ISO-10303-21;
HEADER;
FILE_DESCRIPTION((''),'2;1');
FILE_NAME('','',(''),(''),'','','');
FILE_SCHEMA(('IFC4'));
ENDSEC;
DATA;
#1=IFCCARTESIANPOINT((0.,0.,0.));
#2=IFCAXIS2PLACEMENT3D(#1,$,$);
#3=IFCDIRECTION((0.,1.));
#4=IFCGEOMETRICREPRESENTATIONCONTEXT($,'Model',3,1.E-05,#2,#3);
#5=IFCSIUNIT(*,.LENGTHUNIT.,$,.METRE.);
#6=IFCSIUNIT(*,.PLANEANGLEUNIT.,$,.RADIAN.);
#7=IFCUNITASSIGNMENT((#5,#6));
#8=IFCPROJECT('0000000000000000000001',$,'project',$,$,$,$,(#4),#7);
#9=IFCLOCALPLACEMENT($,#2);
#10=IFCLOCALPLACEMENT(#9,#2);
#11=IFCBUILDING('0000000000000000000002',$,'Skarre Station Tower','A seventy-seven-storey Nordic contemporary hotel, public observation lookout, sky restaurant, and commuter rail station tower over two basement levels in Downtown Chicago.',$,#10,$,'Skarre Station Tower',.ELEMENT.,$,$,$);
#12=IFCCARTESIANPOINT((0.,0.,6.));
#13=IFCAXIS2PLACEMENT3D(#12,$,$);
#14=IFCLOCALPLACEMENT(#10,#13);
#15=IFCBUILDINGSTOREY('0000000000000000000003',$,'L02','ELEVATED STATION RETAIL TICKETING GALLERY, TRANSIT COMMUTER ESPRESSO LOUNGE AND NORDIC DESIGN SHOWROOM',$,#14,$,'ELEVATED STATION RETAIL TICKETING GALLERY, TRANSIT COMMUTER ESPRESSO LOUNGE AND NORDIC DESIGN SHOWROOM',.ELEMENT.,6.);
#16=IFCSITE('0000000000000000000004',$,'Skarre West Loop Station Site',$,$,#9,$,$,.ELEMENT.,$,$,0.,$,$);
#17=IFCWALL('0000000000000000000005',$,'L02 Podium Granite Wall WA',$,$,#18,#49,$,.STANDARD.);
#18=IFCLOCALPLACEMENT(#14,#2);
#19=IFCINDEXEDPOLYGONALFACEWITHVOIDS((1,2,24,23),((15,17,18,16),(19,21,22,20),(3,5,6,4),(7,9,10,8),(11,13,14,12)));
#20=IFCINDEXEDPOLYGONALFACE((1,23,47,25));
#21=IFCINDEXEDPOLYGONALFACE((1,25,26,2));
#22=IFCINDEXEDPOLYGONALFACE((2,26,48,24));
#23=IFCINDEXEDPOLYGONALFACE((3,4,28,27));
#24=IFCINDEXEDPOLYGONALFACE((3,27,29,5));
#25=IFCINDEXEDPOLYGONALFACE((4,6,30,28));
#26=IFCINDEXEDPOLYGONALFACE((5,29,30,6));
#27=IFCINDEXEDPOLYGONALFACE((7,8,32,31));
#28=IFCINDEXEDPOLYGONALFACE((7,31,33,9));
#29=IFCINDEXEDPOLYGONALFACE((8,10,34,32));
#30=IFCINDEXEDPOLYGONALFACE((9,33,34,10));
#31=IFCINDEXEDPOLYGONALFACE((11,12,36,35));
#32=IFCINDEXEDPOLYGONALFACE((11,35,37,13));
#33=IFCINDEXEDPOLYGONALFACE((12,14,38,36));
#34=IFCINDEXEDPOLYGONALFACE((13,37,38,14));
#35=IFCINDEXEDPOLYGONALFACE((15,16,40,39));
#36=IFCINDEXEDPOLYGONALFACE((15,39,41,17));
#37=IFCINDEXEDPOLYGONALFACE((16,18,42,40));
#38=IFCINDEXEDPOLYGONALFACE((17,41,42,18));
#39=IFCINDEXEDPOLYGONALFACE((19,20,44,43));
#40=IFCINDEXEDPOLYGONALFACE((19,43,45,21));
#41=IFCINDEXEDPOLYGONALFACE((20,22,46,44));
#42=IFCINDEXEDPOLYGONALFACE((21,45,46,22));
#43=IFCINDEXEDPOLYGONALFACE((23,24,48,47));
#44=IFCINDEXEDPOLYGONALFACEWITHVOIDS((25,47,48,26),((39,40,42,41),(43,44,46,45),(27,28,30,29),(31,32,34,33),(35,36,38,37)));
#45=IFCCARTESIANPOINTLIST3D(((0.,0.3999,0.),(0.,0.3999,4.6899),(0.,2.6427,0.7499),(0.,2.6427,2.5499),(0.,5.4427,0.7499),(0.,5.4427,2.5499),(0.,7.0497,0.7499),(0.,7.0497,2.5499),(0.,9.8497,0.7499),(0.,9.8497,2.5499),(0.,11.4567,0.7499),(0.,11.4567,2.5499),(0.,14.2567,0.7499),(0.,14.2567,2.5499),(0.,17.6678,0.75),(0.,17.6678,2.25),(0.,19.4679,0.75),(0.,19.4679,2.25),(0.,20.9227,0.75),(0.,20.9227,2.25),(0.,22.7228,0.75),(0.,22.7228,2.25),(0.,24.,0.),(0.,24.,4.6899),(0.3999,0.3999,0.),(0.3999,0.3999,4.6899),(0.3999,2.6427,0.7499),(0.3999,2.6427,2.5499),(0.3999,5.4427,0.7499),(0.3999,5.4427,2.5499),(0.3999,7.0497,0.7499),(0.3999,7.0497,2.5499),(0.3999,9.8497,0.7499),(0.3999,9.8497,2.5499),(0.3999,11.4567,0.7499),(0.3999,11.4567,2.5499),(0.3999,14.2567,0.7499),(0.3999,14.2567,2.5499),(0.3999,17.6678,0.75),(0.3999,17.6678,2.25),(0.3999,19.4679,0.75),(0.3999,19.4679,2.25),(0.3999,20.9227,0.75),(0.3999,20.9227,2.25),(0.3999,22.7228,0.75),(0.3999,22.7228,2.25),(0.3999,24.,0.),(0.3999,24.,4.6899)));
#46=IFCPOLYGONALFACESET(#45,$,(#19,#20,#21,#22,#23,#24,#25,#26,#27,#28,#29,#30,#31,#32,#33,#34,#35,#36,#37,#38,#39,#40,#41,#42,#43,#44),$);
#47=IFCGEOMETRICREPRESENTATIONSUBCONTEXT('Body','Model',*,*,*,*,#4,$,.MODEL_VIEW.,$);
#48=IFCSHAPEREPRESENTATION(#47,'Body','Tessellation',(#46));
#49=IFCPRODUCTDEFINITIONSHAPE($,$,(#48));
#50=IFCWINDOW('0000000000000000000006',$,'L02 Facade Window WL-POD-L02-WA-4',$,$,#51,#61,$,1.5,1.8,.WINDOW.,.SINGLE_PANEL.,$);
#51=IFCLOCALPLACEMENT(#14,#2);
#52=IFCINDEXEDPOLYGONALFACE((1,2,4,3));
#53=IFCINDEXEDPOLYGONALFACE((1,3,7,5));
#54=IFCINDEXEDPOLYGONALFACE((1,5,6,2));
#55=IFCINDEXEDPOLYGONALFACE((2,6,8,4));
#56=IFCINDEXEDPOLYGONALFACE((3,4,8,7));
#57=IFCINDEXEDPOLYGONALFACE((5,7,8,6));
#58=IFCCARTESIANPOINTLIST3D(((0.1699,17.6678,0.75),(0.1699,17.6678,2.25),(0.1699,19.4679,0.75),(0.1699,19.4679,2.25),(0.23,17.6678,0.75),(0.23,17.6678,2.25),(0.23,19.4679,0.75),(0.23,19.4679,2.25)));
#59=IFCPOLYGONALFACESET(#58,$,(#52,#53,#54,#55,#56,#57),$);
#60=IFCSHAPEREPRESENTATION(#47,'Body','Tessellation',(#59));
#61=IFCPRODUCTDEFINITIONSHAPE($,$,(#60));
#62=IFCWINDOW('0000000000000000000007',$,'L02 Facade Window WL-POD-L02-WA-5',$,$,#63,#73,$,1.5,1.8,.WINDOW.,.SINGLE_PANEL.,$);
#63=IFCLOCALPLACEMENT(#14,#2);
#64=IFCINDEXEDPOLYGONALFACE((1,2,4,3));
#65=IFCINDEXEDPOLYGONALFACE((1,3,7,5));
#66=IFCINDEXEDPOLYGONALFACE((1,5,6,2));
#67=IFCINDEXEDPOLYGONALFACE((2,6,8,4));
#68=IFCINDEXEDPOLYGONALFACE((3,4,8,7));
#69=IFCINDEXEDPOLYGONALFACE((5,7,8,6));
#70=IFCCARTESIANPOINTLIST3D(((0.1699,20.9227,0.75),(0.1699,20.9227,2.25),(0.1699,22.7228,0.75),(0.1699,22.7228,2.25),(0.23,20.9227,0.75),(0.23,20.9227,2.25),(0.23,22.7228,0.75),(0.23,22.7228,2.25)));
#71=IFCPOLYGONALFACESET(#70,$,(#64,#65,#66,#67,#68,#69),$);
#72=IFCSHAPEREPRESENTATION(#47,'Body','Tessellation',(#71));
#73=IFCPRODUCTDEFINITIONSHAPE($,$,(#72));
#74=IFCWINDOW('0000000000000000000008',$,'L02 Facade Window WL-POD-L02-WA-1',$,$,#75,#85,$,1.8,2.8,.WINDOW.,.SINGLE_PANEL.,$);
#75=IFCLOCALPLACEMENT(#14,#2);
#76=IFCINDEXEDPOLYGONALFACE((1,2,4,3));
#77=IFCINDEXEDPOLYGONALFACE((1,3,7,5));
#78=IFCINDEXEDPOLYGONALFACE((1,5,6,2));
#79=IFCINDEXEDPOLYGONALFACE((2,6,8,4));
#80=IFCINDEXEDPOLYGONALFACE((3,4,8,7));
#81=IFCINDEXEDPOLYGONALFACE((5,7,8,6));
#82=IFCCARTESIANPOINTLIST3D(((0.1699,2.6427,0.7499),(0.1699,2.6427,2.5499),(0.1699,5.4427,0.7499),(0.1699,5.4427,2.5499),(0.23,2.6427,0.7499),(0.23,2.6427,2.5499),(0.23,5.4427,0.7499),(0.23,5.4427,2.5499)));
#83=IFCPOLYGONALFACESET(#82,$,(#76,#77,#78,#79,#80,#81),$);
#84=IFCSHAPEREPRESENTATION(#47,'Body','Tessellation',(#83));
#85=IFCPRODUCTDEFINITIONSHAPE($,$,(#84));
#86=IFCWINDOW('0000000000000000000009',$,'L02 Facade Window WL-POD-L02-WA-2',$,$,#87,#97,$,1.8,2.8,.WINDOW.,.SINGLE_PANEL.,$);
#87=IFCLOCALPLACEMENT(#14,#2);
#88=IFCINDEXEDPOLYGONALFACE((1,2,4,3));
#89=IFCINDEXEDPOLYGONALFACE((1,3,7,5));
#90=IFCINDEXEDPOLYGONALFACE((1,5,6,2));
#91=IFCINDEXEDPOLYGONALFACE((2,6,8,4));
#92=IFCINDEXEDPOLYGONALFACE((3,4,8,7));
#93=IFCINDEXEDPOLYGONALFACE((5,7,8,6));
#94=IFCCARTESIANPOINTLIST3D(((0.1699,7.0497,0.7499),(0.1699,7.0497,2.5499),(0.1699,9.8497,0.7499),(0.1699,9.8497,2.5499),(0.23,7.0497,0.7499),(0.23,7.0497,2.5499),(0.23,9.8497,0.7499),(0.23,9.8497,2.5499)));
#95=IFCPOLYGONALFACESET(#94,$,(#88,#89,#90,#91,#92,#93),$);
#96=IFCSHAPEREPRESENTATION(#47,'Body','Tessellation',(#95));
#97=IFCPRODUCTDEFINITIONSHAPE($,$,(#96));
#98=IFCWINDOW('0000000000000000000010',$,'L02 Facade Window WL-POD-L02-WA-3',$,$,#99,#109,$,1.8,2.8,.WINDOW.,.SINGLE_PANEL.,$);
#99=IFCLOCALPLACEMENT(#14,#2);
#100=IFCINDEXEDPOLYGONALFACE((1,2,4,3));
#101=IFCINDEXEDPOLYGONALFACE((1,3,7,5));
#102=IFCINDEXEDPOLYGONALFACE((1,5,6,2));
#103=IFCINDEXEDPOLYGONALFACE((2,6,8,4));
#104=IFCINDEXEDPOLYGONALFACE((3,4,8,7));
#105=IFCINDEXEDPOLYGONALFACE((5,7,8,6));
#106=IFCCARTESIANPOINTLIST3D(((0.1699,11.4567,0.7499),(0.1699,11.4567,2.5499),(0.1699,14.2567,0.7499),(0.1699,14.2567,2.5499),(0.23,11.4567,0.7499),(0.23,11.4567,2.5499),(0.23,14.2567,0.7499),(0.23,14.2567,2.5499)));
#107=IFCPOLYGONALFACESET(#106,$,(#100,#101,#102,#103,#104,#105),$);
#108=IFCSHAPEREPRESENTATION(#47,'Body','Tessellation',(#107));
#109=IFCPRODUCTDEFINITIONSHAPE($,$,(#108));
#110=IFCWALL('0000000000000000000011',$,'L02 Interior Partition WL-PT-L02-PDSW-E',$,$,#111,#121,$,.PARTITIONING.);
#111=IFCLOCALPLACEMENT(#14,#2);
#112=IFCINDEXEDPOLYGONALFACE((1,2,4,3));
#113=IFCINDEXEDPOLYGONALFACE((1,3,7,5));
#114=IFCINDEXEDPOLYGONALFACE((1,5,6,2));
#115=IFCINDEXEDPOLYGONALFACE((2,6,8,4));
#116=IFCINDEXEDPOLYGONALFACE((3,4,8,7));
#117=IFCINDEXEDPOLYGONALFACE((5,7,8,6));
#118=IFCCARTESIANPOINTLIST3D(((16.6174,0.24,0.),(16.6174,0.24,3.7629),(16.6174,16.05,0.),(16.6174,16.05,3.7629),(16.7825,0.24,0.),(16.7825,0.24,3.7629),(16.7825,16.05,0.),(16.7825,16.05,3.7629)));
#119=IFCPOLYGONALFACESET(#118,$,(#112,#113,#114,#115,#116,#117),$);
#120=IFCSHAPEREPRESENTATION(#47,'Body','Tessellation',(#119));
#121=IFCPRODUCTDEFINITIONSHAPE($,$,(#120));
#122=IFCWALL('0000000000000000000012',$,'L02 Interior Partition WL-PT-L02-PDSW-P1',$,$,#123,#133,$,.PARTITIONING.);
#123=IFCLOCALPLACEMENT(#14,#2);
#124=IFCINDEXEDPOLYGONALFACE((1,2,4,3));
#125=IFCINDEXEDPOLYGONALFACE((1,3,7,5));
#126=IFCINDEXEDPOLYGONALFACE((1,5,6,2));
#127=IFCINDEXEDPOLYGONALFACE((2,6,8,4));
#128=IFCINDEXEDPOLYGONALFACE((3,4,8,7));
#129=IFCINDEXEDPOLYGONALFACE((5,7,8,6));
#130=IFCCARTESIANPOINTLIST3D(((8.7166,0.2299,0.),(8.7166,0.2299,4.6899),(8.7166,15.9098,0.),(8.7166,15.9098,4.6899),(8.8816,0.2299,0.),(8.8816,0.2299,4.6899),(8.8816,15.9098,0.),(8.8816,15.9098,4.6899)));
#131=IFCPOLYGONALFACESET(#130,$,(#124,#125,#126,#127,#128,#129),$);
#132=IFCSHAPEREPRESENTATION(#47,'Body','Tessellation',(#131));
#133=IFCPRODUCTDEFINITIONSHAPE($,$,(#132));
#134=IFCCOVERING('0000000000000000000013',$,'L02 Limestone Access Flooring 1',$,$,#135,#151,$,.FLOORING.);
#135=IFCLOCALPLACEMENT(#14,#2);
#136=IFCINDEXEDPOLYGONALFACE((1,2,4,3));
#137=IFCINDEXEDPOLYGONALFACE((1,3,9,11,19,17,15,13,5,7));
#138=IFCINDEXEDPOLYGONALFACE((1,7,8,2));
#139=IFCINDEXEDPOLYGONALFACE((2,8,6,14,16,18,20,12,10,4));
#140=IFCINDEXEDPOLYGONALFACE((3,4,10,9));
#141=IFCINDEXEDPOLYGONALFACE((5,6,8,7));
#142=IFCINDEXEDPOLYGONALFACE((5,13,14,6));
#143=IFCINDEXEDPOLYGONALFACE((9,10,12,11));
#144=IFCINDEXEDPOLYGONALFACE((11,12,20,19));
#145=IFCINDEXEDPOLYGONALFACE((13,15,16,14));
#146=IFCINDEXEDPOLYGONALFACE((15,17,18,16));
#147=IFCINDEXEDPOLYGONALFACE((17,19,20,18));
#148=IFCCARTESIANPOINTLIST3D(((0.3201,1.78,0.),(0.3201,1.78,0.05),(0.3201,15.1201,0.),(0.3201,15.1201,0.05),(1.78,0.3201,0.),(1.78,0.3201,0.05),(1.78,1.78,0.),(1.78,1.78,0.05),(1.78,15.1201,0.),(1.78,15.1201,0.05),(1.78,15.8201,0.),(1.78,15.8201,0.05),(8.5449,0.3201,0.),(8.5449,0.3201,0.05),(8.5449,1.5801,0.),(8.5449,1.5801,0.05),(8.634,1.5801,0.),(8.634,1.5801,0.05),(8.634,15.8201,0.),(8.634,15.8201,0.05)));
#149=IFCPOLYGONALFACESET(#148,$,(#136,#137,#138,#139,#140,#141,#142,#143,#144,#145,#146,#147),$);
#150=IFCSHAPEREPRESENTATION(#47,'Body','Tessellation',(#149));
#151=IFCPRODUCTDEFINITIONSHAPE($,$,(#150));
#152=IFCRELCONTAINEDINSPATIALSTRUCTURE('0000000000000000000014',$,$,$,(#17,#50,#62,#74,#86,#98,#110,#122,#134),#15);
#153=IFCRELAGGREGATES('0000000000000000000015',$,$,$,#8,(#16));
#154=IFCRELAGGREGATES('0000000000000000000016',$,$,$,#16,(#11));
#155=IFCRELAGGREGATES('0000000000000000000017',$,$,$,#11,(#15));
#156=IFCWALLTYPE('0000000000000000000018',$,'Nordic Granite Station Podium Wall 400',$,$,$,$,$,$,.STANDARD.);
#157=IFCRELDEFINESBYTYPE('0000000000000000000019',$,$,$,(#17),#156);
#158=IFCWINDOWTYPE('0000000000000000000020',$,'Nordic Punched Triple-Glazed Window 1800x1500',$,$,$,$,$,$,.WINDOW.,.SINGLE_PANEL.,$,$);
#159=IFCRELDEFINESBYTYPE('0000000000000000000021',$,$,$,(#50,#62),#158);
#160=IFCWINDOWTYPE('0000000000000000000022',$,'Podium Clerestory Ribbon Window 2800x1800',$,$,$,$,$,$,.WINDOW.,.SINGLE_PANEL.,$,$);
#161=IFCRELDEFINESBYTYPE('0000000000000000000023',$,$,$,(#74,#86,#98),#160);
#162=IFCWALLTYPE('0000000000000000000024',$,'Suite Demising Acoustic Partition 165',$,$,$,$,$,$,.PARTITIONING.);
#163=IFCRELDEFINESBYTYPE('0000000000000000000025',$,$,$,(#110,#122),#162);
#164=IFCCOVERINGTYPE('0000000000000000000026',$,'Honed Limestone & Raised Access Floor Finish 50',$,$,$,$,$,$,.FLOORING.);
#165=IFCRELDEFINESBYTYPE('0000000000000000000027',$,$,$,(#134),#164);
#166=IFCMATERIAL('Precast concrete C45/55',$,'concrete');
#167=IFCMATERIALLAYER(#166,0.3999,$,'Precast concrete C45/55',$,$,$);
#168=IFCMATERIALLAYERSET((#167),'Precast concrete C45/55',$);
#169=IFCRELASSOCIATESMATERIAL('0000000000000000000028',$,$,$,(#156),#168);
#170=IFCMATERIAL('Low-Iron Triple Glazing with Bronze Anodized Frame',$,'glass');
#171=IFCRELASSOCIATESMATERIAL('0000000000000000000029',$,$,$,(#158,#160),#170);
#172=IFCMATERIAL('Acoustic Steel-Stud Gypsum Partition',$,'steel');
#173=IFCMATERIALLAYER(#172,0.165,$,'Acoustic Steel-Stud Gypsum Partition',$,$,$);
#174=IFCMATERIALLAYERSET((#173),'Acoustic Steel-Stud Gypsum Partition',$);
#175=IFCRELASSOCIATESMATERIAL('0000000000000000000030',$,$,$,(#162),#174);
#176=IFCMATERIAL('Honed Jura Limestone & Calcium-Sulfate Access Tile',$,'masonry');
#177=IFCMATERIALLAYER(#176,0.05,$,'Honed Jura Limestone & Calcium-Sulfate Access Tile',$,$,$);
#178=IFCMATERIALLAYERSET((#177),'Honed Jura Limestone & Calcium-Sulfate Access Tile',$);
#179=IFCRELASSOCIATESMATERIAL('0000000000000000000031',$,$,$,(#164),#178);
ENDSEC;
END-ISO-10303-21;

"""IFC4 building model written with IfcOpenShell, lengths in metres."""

from ifc_helpers import new_model, si_unit, direction, frame, frame_2d, origin, place, context, subcontext, project, spatial, polyline, rectangle, outline, extrude, material, layer, layer_set, type_object, element, fill, save


model = new_model("IFC4")

# Units and contexts
model_context = context("Model", 3, precision=1e-05, world=origin(), true_north=direction((0.0, 1.0)))
body_context = subcontext(model_context, "Body", "Model", "MODEL_VIEW")
ifc_project = project(units=[si_unit("LENGTHUNIT", "METRE"), si_unit("PLANEANGLEUNIT", "RADIAN")], contexts=[model_context])

# Site, building, storey
site_placement = place(None, origin())
site = spatial("IfcSite", under=ifc_project, at=site_placement, Name="Skarre West Loop Station Site", CompositionType="ELEMENT", RefElevation=0.0)
building_placement = place(site_placement, origin())
building = spatial("IfcBuilding", under=site, at=building_placement, Name="Skarre Station Tower", Description="A seventy-seven-storey Nordic contemporary hotel, public observation lookout, sky restaurant, and commuter rail station tower over two basement levels in Downtown Chicago.", LongName="Skarre Station Tower", CompositionType="ELEMENT")
storey_placement = place(building_placement, frame((0.0, 0.0, 6.0)))
storey = spatial("IfcBuildingStorey", under=building, at=storey_placement, Name="L02", Description="ELEVATED STATION RETAIL TICKETING GALLERY, TRANSIT COMMUTER ESPRESSO LOUNGE AND NORDIC DESIGN SHOWROOM", LongName="ELEVATED STATION RETAIL TICKETING GALLERY, TRANSIT COMMUTER ESPRESSO LOUNGE AND NORDIC DESIGN SHOWROOM", CompositionType="ELEMENT", Elevation=6.0)

# Wall, openings, windows
ifc_material_1 = material(Name="Precast concrete C45/55", Category="concrete")
ifc_layer_1 = layer(ifc_material_1, 0.3999, Name="Precast concrete C45/55")
ifc_layer_set_1 = layer_set([ifc_layer_1], Name="Precast concrete C45/55")
wall_type_1 = type_object("IfcWallType", Name="Nordic Granite Station Podium Wall 400", PredefinedType="STANDARD", material=ifc_layer_set_1)
wall_1_placement = place(storey_placement, frame((0.2, 0.3999, 0.0), z_axis=(0.0, 0.0, 1.0), x_axis=(0.0, 1.0, 0.0)))
wall_1 = element("IfcWall", 1, at=wall_1_placement, inside=storey, type_object=wall_type_1, Name="L02 Podium Granite Wall WA", PredefinedType="STANDARD", context=body_context, shape_type="SweptSolid", body=[
    extrude(rectangle(XDim=23.6001, YDim=0.3999, at=frame_2d((11.8, 0.0))), origin(), (0.0, 0.0, 1.0), 4.6899),
])
opening_1_placement = place(wall_1_placement, frame((2.2429, 0.0, 0.75)))
opening_1 = element("IfcOpeningElement", 2, at=opening_1_placement, cuts=wall_1, PredefinedType="OPENING", context=body_context, shape_type="SweptSolid", body=[
    extrude(rectangle(XDim=2.8, YDim=1.8, at=frame_2d((1.3999, 0.8999))), frame((0.0, 0.21, 0.0), z_axis=(0.0, -1.0, 0.0), x_axis=(1.0, 0.0, 0.0)), (0.0, 0.0, 1.0), 0.4199),
])
opening_2_placement = place(wall_1_placement, frame((6.6499, 0.0, 0.75)))
opening_2 = element("IfcOpeningElement", 3, at=opening_2_placement, cuts=wall_1, PredefinedType="OPENING", context=body_context, shape_type="SweptSolid", body=[
    extrude(rectangle(XDim=2.8, YDim=1.8, at=frame_2d((1.3999, 0.8999))), frame((0.0, 0.21, 0.0), z_axis=(0.0, -1.0, 0.0), x_axis=(1.0, 0.0, 0.0)), (0.0, 0.0, 1.0), 0.4199),
])
opening_3_placement = place(wall_1_placement, frame((11.0569, 0.0, 0.75)))
opening_3 = element("IfcOpeningElement", 4, at=opening_3_placement, cuts=wall_1, PredefinedType="OPENING", context=body_context, shape_type="SweptSolid", body=[
    extrude(rectangle(XDim=2.8, YDim=1.8, at=frame_2d((1.3999, 0.8999))), frame((0.0, 0.21, 0.0), z_axis=(0.0, -1.0, 0.0), x_axis=(1.0, 0.0, 0.0)), (0.0, 0.0, 1.0), 0.4199),
])
opening_4_placement = place(wall_1_placement, frame((17.2681, 0.0, 0.75)))
opening_4 = element("IfcOpeningElement", 5, at=opening_4_placement, cuts=wall_1, PredefinedType="OPENING", context=body_context, shape_type="SweptSolid", body=[
    extrude(rectangle(XDim=1.8, YDim=1.5, at=frame_2d((0.8999, 0.75))), frame((0.0, 0.21, 0.0), z_axis=(0.0, -1.0, 0.0), x_axis=(1.0, 0.0, 0.0)), (0.0, 0.0, 1.0), 0.4199),
])
opening_5_placement = place(wall_1_placement, frame((20.5229, 0.0, 0.75)))
opening_5 = element("IfcOpeningElement", 6, at=opening_5_placement, cuts=wall_1, PredefinedType="OPENING", context=body_context, shape_type="SweptSolid", body=[
    extrude(rectangle(XDim=1.8, YDim=1.5, at=frame_2d((0.8999, 0.75))), frame((0.0, 0.21, 0.0), z_axis=(0.0, -1.0, 0.0), x_axis=(1.0, 0.0, 0.0)), (0.0, 0.0, 1.0), 0.4199),
])
ifc_material_2 = material(Name="Low-Iron Triple Glazing with Bronze Anodized Frame", Category="glass")
window_type_1 = type_object("IfcWindowType", Name="Nordic Punched Triple-Glazed Window 1800x1500", PartitioningType="SINGLE_PANEL", PredefinedType="WINDOW", material=ifc_material_2)
window_1_placement = place(opening_4_placement, origin())
window_1 = element("IfcWindow", 7, at=window_1_placement, inside=storey, type_object=window_type_1, Name="L02 Facade Window WL-POD-L02-WA-4", OverallHeight=1.5, OverallWidth=1.8, PartitioningType="SINGLE_PANEL", PredefinedType="WINDOW", context=body_context, shape_type="SweptSolid", body=[
    extrude(rectangle(XDim=1.8, YDim=1.5, at=frame_2d((0.8999, 0.75))), frame((0.0, 0.03, 0.0), z_axis=(0.0, -1.0, 0.0), x_axis=(1.0, 0.0, 0.0)), (0.0, 0.0, 1.0), 0.0601),
])
fill(opening_4, window_1)
window_2_placement = place(opening_5_placement, origin())
window_2 = element("IfcWindow", 8, at=window_2_placement, inside=storey, type_object=window_type_1, Name="L02 Facade Window WL-POD-L02-WA-5", OverallHeight=1.5, OverallWidth=1.8, PartitioningType="SINGLE_PANEL", PredefinedType="WINDOW", context=body_context, shape_type="SweptSolid", body=[
    extrude(rectangle(XDim=1.8, YDim=1.5, at=frame_2d((0.8999, 0.75))), frame((0.0, 0.03, 0.0), z_axis=(0.0, -1.0, 0.0), x_axis=(1.0, 0.0, 0.0)), (0.0, 0.0, 1.0), 0.0601),
])
fill(opening_5, window_2)
window_type_2 = type_object("IfcWindowType", Name="Podium Clerestory Ribbon Window 2800x1800", PartitioningType="SINGLE_PANEL", PredefinedType="WINDOW", material=ifc_material_2)
window_3_placement = place(opening_1_placement, origin())
window_3 = element("IfcWindow", 9, at=window_3_placement, inside=storey, type_object=window_type_2, Name="L02 Facade Window WL-POD-L02-WA-1", OverallHeight=1.8, OverallWidth=2.8, PartitioningType="SINGLE_PANEL", PredefinedType="WINDOW", context=body_context, shape_type="SweptSolid", body=[
    extrude(rectangle(XDim=2.8, YDim=1.8, at=frame_2d((1.3999, 0.8999))), frame((0.0, 0.03, 0.0), z_axis=(0.0, -1.0, 0.0), x_axis=(1.0, 0.0, 0.0)), (0.0, 0.0, 1.0), 0.0601),
])
fill(opening_1, window_3)
window_4_placement = place(opening_2_placement, origin())
window_4 = element("IfcWindow", 10, at=window_4_placement, inside=storey, type_object=window_type_2, Name="L02 Facade Window WL-POD-L02-WA-2", OverallHeight=1.8, OverallWidth=2.8, PartitioningType="SINGLE_PANEL", PredefinedType="WINDOW", context=body_context, shape_type="SweptSolid", body=[
    extrude(rectangle(XDim=2.8, YDim=1.8, at=frame_2d((1.3999, 0.8999))), frame((0.0, 0.03, 0.0), z_axis=(0.0, -1.0, 0.0), x_axis=(1.0, 0.0, 0.0)), (0.0, 0.0, 1.0), 0.0601),
])
fill(opening_2, window_4)
window_5_placement = place(opening_3_placement, origin())
window_5 = element("IfcWindow", 11, at=window_5_placement, inside=storey, type_object=window_type_2, Name="L02 Facade Window WL-POD-L02-WA-3", OverallHeight=1.8, OverallWidth=2.8, PartitioningType="SINGLE_PANEL", PredefinedType="WINDOW", context=body_context, shape_type="SweptSolid", body=[
    extrude(rectangle(XDim=2.8, YDim=1.8, at=frame_2d((1.3999, 0.8999))), frame((0.0, 0.03, 0.0), z_axis=(0.0, -1.0, 0.0), x_axis=(1.0, 0.0, 0.0)), (0.0, 0.0, 1.0), 0.0601),
])
fill(opening_3, window_5)

# Walls
ifc_material_3 = material(Name="Acoustic Steel-Stud Gypsum Partition", Category="steel")
ifc_layer_2 = layer(ifc_material_3, 0.165, Name="Acoustic Steel-Stud Gypsum Partition")
ifc_layer_set_2 = layer_set([ifc_layer_2], Name="Acoustic Steel-Stud Gypsum Partition")
wall_type_2 = type_object("IfcWallType", Name="Suite Demising Acoustic Partition 165", PredefinedType="PARTITIONING", material=ifc_layer_set_2)
wall_2_placement = place(storey_placement, frame((16.7, 0.24, 0.0), z_axis=(0.0, 0.0, 1.0), x_axis=(0.0, 1.0, 0.0)))
element("IfcWall", 12, at=wall_2_placement, inside=storey, type_object=wall_type_2, Name="L02 Interior Partition WL-PT-L02-PDSW-E", PredefinedType="PARTITIONING", context=body_context, shape_type="SweptSolid", body=[
    extrude(rectangle(XDim=15.8101, YDim=0.165, at=frame_2d((7.905, 0.0))), origin(), (0.0, 0.0, 1.0), 3.7629),
])
wall_3_placement = place(storey_placement, frame((8.7991, 0.23, 0.0), z_axis=(0.0, 0.0, 1.0), x_axis=(0.0, 1.0, 0.0)))
element("IfcWall", 13, at=wall_3_placement, inside=storey, type_object=wall_type_2, Name="L02 Interior Partition WL-PT-L02-PDSW-P1", PredefinedType="PARTITIONING", context=body_context, shape_type="SweptSolid", body=[
    extrude(rectangle(XDim=15.6799, YDim=0.165, at=frame_2d((7.8398, 0.0))), origin(), (0.0, 0.0, 1.0), 4.6899),
])

# Covering
ifc_material_4 = material(Name="Honed Jura Limestone & Calcium-Sulfate Access Tile", Category="masonry")
ifc_layer_3 = layer(ifc_material_4, 0.05, Name="Honed Jura Limestone & Calcium-Sulfate Access Tile")
ifc_layer_set_3 = layer_set([ifc_layer_3], Name="Honed Jura Limestone & Calcium-Sulfate Access Tile")
covering_type_1 = type_object("IfcCoveringType", Name="Honed Limestone & Raised Access Floor Finish 50", PredefinedType="FLOORING", material=ifc_layer_set_3)
covering_1_placement = place(storey_placement, origin())
element("IfcCovering", 14, at=covering_1_placement, inside=storey, type_object=covering_type_1, Name="L02 Limestone Access Flooring 1", PredefinedType="FLOORING", context=body_context, shape_type="SweptSolid", body=[
    extrude(outline(polyline([(1.78, 0.3201), (8.5449, 0.3201), (8.5449, 1.5801), (8.634, 1.5801), (8.634, 15.8201), (1.78, 15.8201), (1.78, 15.1201), (0.3201, 15.1201), (0.3201, 1.78), (1.78, 1.78), (1.78, 0.3201)])), origin(), (0.0, 0.0, 1.0), 0.05),
])

save(model, "model.ifc")
